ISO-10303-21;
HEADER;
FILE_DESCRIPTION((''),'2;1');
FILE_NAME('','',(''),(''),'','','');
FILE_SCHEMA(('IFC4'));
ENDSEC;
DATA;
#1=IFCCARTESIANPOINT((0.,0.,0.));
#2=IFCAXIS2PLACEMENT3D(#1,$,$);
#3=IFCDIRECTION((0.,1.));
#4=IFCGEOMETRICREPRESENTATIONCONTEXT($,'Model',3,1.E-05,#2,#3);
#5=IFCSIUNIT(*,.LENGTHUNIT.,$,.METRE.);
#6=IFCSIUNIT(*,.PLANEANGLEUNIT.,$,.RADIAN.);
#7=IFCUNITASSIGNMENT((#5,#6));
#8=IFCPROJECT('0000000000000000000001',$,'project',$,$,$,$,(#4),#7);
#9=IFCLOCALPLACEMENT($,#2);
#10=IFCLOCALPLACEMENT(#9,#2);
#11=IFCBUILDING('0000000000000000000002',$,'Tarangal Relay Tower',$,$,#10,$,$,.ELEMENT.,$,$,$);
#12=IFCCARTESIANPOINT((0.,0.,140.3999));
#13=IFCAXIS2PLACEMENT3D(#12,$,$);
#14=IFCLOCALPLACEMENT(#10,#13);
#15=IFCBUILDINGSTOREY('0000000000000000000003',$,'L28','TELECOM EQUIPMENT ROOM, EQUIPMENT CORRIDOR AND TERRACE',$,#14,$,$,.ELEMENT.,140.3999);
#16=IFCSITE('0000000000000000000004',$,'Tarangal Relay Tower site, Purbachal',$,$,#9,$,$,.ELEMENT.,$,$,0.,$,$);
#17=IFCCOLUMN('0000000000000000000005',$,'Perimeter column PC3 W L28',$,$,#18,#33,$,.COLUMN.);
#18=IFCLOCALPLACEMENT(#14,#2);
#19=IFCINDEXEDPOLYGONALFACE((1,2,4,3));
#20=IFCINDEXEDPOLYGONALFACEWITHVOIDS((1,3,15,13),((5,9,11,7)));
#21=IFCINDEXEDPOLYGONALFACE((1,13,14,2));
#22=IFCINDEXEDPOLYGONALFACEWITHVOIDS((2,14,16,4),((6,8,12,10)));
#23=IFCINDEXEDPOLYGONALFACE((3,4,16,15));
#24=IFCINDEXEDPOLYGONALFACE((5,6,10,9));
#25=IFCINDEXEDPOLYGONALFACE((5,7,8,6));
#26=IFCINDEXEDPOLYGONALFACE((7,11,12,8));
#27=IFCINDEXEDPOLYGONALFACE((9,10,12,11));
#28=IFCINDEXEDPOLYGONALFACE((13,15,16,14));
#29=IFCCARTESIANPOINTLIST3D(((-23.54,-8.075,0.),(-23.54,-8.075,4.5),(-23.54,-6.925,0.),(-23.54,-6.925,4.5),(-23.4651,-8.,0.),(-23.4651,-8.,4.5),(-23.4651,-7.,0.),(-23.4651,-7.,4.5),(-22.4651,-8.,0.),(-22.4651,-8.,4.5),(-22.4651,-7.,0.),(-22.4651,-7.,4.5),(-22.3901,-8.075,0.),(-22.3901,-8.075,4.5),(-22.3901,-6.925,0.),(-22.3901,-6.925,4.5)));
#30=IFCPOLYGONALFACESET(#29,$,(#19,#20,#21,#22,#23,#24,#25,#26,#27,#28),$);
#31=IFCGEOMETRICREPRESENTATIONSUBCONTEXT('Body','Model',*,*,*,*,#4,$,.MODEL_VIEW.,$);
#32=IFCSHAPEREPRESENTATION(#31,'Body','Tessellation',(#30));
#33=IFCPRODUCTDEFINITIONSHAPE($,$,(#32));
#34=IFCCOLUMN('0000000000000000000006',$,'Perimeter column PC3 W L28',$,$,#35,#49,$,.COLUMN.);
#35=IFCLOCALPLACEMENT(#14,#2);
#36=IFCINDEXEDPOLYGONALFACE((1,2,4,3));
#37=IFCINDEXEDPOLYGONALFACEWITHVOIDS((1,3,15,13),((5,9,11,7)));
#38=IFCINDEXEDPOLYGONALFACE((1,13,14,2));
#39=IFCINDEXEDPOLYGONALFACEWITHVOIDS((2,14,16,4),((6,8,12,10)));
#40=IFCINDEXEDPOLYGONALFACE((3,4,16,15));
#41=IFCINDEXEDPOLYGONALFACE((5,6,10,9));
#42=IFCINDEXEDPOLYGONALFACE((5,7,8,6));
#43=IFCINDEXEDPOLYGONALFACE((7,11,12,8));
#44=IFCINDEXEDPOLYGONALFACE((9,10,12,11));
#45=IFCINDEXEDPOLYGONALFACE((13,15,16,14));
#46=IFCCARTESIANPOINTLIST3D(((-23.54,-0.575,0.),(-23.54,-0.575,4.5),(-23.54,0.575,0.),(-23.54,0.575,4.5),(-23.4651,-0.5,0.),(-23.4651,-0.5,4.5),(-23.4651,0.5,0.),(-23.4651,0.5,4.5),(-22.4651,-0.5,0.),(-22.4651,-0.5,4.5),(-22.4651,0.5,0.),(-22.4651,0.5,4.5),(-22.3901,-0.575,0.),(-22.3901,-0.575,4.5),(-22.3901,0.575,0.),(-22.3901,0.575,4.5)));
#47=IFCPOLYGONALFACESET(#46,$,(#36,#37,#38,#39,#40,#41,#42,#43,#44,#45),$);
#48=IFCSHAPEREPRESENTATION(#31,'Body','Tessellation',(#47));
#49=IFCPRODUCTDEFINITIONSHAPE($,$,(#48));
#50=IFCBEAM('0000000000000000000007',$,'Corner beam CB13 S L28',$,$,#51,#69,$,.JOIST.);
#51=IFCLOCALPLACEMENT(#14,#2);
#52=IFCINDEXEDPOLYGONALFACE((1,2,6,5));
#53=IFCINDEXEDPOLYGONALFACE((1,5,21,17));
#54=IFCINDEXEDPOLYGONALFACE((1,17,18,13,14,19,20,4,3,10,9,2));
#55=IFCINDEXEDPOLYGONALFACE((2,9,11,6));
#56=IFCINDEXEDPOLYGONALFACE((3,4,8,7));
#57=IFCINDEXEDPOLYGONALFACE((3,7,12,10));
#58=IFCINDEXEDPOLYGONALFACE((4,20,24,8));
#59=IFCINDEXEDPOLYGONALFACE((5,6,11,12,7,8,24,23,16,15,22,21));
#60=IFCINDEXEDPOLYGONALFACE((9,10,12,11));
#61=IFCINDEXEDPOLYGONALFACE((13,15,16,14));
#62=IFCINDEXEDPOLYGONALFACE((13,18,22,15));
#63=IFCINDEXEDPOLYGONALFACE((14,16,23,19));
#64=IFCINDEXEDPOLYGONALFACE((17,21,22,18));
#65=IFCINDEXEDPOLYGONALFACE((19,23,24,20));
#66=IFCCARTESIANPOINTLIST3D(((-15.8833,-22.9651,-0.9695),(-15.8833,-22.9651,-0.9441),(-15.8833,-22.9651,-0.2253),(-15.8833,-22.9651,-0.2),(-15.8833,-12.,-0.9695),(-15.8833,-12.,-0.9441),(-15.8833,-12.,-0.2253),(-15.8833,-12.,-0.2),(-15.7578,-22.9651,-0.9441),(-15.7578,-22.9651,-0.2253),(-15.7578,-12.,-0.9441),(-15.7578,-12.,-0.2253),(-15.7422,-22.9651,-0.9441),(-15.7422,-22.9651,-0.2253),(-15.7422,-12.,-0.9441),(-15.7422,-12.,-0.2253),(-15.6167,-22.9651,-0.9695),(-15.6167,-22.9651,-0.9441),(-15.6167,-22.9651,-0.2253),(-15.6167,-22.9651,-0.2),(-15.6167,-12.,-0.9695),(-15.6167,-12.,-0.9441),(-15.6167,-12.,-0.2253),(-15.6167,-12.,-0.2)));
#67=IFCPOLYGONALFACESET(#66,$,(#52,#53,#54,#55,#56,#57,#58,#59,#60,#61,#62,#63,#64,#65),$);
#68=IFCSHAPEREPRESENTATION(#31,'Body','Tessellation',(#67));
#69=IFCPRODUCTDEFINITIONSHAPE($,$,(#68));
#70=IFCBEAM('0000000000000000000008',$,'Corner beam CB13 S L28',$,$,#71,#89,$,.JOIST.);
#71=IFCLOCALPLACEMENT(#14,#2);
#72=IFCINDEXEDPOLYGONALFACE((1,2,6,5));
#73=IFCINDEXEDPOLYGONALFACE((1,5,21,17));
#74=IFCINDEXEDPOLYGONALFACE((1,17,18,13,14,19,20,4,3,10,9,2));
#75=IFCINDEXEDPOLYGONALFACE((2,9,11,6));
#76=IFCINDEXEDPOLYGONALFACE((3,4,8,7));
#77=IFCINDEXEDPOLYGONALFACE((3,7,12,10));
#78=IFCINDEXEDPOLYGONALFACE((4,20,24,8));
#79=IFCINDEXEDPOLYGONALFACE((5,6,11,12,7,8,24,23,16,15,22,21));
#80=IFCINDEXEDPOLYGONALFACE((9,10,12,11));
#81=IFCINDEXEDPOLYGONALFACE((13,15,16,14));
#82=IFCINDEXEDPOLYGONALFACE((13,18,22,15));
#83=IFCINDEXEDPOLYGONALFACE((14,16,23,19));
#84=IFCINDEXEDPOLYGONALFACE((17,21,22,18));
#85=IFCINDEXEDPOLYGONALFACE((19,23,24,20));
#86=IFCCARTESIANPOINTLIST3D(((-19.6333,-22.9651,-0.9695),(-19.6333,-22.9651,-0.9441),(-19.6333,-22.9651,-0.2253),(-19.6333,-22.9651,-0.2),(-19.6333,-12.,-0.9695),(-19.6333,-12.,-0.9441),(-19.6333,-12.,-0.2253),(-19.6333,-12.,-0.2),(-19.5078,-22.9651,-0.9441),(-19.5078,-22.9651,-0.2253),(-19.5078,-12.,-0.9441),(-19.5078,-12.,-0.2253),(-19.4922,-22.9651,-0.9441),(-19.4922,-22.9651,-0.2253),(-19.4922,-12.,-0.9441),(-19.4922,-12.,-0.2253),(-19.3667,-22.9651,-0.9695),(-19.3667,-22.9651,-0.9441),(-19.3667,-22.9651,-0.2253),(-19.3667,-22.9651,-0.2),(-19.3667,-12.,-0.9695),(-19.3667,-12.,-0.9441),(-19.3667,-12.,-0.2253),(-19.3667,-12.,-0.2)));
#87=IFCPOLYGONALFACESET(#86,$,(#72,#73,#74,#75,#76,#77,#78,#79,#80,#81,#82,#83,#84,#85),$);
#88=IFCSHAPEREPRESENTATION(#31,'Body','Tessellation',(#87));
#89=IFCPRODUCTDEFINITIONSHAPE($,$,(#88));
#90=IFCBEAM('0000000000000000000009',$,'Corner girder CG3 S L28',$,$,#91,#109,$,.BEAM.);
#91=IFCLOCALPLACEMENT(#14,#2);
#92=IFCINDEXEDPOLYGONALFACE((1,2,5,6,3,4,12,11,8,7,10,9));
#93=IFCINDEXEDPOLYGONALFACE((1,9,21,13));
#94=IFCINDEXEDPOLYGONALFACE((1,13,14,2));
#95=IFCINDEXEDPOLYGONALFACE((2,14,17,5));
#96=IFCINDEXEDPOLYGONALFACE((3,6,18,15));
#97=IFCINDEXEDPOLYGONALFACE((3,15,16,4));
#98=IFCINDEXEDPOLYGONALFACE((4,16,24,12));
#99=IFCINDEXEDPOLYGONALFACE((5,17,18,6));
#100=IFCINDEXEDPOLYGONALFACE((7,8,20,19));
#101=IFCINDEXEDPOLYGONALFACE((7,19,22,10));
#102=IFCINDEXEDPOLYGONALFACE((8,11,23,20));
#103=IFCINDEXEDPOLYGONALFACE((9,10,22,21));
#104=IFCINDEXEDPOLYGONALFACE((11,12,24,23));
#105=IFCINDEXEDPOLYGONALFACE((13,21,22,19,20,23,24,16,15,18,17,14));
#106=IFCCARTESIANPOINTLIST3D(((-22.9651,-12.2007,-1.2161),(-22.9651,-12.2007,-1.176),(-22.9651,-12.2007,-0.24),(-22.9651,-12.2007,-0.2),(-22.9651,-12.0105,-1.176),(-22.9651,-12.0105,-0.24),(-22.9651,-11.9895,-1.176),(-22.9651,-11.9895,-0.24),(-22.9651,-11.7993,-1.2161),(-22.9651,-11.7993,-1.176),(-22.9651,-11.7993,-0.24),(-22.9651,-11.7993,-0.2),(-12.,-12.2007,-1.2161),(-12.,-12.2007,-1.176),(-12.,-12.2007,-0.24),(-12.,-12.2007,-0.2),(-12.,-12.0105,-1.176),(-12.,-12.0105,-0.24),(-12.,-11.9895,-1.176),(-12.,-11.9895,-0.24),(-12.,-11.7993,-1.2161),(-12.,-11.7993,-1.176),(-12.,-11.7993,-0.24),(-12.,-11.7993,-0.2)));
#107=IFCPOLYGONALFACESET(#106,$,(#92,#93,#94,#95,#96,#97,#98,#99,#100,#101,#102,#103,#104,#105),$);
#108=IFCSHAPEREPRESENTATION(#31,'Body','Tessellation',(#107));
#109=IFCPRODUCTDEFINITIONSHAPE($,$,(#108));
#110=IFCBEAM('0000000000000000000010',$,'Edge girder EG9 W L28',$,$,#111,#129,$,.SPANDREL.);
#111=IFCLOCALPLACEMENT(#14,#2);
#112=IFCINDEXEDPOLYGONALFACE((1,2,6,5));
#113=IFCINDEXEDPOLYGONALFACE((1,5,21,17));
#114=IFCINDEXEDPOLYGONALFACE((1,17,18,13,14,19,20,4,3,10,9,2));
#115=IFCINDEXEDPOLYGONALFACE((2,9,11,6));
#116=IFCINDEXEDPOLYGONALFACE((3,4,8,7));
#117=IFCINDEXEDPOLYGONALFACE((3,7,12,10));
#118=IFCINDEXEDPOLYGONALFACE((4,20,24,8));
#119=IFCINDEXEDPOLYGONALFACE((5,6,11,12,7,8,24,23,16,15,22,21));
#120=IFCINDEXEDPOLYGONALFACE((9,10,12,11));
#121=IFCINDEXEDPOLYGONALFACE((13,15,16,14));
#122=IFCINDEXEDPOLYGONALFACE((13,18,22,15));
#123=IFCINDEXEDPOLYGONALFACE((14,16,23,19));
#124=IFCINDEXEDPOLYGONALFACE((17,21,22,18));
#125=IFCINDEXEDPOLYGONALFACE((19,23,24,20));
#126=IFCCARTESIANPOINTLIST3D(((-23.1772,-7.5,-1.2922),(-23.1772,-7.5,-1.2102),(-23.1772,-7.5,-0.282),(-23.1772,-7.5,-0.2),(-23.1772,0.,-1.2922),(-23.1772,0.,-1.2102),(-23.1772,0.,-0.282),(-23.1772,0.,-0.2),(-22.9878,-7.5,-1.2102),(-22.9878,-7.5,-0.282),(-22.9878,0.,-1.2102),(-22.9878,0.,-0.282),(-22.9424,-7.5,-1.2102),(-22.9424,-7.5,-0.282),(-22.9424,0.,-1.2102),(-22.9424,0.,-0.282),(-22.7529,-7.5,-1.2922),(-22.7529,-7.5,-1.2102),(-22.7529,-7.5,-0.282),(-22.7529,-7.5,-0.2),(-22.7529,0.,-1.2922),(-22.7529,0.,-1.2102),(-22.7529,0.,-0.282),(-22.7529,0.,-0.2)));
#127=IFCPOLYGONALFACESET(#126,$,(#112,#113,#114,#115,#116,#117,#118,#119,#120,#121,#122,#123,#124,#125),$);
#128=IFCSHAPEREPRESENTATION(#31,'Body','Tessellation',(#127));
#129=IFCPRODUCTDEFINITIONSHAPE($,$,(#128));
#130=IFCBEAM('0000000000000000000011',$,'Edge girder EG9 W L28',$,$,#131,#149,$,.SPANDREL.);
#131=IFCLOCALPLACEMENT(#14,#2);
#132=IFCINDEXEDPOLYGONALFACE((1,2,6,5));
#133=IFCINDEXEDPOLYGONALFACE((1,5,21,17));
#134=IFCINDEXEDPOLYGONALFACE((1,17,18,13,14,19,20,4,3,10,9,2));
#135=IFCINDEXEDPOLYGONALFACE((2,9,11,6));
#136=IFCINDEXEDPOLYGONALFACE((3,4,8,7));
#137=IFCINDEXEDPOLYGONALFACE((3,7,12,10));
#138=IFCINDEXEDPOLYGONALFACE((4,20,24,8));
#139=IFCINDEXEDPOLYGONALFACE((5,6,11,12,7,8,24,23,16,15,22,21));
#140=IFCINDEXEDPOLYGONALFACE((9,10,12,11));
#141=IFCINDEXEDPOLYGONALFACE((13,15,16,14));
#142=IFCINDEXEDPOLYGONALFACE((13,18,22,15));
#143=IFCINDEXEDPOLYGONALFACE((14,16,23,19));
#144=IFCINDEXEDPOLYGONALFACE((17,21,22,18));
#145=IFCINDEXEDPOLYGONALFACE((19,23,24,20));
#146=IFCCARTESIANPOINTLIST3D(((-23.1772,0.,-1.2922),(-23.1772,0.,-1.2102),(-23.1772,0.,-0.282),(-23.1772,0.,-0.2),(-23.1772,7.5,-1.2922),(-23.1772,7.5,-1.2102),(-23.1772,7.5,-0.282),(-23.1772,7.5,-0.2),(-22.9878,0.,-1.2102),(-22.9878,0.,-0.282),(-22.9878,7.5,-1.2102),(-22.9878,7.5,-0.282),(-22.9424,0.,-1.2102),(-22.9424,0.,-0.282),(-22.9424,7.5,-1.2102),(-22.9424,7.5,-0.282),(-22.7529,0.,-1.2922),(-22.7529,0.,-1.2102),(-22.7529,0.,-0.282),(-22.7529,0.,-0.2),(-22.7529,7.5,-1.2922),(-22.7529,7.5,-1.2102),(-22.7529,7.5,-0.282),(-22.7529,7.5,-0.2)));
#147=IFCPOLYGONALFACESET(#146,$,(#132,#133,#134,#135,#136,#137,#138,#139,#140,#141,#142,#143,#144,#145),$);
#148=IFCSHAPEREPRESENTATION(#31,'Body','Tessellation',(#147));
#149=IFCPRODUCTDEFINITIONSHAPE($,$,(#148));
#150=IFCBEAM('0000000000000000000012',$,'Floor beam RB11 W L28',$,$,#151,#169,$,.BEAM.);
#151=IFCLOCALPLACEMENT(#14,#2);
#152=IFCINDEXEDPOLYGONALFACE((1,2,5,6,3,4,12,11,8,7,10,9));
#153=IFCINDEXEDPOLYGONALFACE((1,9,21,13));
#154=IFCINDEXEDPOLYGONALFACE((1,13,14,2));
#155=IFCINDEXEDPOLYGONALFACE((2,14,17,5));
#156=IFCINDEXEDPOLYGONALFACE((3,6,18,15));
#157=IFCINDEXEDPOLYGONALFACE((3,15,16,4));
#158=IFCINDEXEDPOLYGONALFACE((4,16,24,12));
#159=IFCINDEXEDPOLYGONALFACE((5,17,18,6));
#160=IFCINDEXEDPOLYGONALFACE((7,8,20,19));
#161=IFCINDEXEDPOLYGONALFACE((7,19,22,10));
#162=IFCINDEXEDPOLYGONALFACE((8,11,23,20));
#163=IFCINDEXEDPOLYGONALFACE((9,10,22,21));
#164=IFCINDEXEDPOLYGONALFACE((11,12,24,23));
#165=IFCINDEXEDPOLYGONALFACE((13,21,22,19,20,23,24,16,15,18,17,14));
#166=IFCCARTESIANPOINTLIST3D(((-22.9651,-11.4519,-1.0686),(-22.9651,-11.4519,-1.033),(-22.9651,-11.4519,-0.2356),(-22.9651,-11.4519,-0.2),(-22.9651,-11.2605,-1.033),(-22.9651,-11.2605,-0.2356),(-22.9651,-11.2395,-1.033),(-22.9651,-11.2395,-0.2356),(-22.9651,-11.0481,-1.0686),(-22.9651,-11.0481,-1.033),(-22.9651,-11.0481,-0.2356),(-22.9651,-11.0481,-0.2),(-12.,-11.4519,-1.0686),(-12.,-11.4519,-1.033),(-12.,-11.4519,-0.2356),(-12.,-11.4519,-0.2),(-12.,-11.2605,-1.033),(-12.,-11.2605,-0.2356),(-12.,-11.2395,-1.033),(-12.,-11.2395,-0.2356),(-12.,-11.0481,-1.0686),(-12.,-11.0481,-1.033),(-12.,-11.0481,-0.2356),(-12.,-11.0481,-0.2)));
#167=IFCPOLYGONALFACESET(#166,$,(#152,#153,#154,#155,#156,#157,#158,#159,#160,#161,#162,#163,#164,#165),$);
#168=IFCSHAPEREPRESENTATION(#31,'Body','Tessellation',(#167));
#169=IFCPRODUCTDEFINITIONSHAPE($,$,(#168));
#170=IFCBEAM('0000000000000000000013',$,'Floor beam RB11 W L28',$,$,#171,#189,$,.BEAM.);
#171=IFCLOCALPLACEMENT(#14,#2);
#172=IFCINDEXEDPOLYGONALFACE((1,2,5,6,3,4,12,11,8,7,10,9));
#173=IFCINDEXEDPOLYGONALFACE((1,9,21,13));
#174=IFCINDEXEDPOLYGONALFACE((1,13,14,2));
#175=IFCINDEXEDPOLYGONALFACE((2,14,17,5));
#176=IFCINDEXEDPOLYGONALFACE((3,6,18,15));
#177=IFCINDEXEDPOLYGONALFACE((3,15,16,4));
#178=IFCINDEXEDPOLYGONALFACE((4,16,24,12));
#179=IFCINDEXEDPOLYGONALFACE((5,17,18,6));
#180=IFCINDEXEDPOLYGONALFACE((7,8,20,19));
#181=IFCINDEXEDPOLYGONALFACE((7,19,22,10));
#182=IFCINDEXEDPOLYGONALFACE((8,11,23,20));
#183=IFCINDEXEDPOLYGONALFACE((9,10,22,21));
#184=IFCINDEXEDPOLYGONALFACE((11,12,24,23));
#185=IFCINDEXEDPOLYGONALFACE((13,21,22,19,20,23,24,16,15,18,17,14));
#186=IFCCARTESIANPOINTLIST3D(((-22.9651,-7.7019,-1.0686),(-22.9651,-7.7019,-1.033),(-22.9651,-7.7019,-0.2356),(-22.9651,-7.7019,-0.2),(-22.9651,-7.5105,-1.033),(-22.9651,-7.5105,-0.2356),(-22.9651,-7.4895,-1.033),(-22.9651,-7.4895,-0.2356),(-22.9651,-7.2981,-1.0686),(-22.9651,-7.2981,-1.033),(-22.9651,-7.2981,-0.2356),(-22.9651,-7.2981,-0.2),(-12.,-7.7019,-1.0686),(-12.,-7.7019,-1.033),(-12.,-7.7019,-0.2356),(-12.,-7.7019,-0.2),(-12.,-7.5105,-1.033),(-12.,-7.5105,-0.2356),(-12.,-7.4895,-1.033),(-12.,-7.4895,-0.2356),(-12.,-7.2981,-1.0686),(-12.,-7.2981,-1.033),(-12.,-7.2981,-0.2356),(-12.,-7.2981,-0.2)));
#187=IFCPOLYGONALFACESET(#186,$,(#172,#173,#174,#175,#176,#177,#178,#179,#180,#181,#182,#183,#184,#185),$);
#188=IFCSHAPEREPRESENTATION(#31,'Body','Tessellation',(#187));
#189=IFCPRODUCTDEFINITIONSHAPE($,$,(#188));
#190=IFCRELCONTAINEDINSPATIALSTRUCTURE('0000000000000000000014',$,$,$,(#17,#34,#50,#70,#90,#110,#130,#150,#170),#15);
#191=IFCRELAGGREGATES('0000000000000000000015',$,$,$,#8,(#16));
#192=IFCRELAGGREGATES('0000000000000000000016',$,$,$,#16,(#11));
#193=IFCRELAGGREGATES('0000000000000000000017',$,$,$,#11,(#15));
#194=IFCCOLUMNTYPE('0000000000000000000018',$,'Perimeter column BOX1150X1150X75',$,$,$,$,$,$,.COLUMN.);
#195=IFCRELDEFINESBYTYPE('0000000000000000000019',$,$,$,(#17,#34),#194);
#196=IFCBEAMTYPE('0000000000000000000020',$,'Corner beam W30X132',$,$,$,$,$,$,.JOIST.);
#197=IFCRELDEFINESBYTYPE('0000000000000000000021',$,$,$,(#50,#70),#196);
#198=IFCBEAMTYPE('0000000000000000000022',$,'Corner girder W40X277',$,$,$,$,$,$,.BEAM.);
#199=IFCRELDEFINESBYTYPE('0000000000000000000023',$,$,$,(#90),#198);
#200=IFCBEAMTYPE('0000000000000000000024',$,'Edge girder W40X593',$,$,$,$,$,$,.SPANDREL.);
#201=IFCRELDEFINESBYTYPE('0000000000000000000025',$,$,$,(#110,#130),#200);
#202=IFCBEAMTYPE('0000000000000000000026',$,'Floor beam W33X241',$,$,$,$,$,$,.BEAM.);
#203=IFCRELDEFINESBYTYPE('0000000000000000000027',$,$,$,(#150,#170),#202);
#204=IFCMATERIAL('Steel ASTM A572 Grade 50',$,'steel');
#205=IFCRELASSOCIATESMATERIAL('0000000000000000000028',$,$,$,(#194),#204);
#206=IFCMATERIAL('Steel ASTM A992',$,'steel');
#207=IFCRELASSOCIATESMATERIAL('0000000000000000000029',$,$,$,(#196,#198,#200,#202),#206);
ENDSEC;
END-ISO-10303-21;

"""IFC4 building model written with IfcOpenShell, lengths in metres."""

from ifc_helpers import new_model, si_unit, direction, frame, origin, origin_2d, place, context, subcontext, project, spatial, hollow_rectangle, i_section, extrude, material, material_profile, profile_set, type_object, element, save


model = new_model("IFC4")

# Units and contexts
model_context = context("Model", 3, precision=1e-05, world=origin(), true_north=direction((0.0, 1.0)))
body_context = subcontext(model_context, "Body", "Model", "MODEL_VIEW")
ifc_project = project(units=[si_unit("LENGTHUNIT", "METRE"), si_unit("PLANEANGLEUNIT", "RADIAN")], contexts=[model_context])

# Site, building, storey
site_placement = place(None, origin())
site = spatial("IfcSite", under=ifc_project, at=site_placement, Name="Tarangal Relay Tower site, Purbachal", CompositionType="ELEMENT", RefElevation=0.0)
building_placement = place(site_placement, origin())
building = spatial("IfcBuilding", under=site, at=building_placement, Name="Tarangal Relay Tower", CompositionType="ELEMENT")
storey_placement = place(building_placement, frame((0.0, 0.0, 140.3999)))
storey = spatial("IfcBuildingStorey", under=building, at=storey_placement, Name="L28", Description="TELECOM EQUIPMENT ROOM, EQUIPMENT CORRIDOR AND TERRACE", CompositionType="ELEMENT", Elevation=140.3999)

# Columns
ifc_material_1 = material(Name="Steel ASTM A572 Grade 50", Category="steel")
ifc_material_profile_1 = material_profile(ifc_material_1, hollow_rectangle(XDim=1.1499, YDim=1.1499, WallThickness=0.075, at=origin_2d()), Name="BOX1150X1150X75")
ifc_profile_set_1 = profile_set([ifc_material_profile_1], Name="Steel ASTM A572 Grade 50")
column_type = type_object("IfcColumnType", Name="Perimeter column BOX1150X1150X75", PredefinedType="COLUMN", material=ifc_profile_set_1)
for number, where, z_axis, x_axis, name in (
    (1, (-22.9651, -7.5, 0.0), (0.0, 0.0, 1.0), (1.0, 0.0, 0.0), "Perimeter column PC3 W L28"),
    (2, (-22.9651, 0.0, 0.0), (0.0, 0.0, 1.0), (1.0, 0.0, 0.0), "Perimeter column PC3 W L28"),
):
    element("IfcColumn", number, at=place(storey_placement, frame(where, z_axis=z_axis, x_axis=x_axis)), inside=storey, type_object=column_type, Name=name, PredefinedType="COLUMN", context=body_context, shape_type="SweptSolid", body=[
        extrude(hollow_rectangle(XDim=1.1499, YDim=1.1499, WallThickness=0.075, at=origin_2d()), origin(), (0.0, 0.0, 1.0), 4.5),
    ])

# Beams
ifc_material_2 = material(Name="Steel ASTM A992", Category="steel")
ifc_material_profile_2 = material_profile(ifc_material_2, i_section(OverallWidth=0.2666, OverallDepth=0.7695, WebThickness=0.0156, FlangeThickness=0.0254, at=origin_2d()), Name="W30X132")
ifc_profile_set_2 = profile_set([ifc_material_profile_2], Name="Steel ASTM A992")
beam_type_1 = type_object("IfcBeamType", Name="Corner beam W30X132", PredefinedType="JOIST", material=ifc_profile_set_2)
for number, where, z_axis, x_axis, name in (
    (3, (-15.75, -12.0, -0.5847), (0.0, -1.0, 0.0), (1.0, 0.0, 0.0), "Corner beam CB13 S L28"),
    (4, (-19.5, -12.0, -0.5847), (0.0, -1.0, 0.0), (1.0, 0.0, 0.0), "Corner beam CB13 S L28"),
):
    element("IfcBeam", number, at=place(storey_placement, frame(where, z_axis=z_axis, x_axis=x_axis)), inside=storey, type_object=beam_type_1, Name=name, PredefinedType="JOIST", context=body_context, shape_type="SweptSolid", body=[
        extrude(i_section(OverallWidth=0.2666, OverallDepth=0.7695, WebThickness=0.0156, FlangeThickness=0.0254, at=origin_2d()), origin(), (0.0, 0.0, 1.0), 10.9651),
    ])
ifc_material_profile_3 = material_profile(ifc_material_2, i_section(OverallWidth=0.4014, OverallDepth=1.0161, WebThickness=0.021, FlangeThickness=0.04, at=origin_2d()), Name="W40X277")
ifc_profile_set_3 = profile_set([ifc_material_profile_3], Name="Steel ASTM A992")
beam_type_2 = type_object("IfcBeamType", Name="Corner girder W40X277", PredefinedType="BEAM", material=ifc_profile_set_3)
beam_placement = place(storey_placement, frame((-12.0, -12.0, -0.708), z_axis=(-1.0, 0.0, 0.0), x_axis=(0.0, -1.0, 0.0)))
element("IfcBeam", 5, at=beam_placement, inside=storey, type_object=beam_type_2, Name="Corner girder CG3 S L28", PredefinedType="BEAM", context=body_context, shape_type="SweptSolid", body=[
    extrude(i_section(OverallWidth=0.4014, OverallDepth=1.0161, WebThickness=0.021, FlangeThickness=0.04, at=origin_2d()), origin(), (0.0, 0.0, 1.0), 10.9651),
])
ifc_material_profile_4 = material_profile(ifc_material_2, i_section(OverallWidth=0.4243, OverallDepth=1.0923, WebThickness=0.0454, FlangeThickness=0.082, at=origin_2d()), Name="W40X593")
ifc_profile_set_4 = profile_set([ifc_material_profile_4], Name="Steel ASTM A992")
beam_type_3 = type_object("IfcBeamType", Name="Edge girder W40X593", PredefinedType="SPANDREL", material=ifc_profile_set_4)
for number, where, z_axis, x_axis, name in (
    (6, (-22.9651, -7.5, -0.7461), (0.0, 1.0, 0.0), (-1.0, 0.0, 0.0), "Edge girder EG9 W L28"),
    (7, (-22.9651, 0.0, -0.7461), (0.0, 1.0, 0.0), (-1.0, 0.0, 0.0), "Edge girder EG9 W L28"),
):
    element("IfcBeam", number, at=place(storey_placement, frame(where, z_axis=z_axis, x_axis=x_axis)), inside=storey, type_object=beam_type_3, Name=name, PredefinedType="SPANDREL", context=body_context, shape_type="SweptSolid", body=[
        extrude(i_section(OverallWidth=0.4243, OverallDepth=1.0923, WebThickness=0.0454, FlangeThickness=0.082, at=origin_2d()), origin(), (0.0, 0.0, 1.0), 7.5),
    ])
ifc_material_profile_5 = material_profile(ifc_material_2, i_section(OverallWidth=0.4038, OverallDepth=0.8687, WebThickness=0.021, FlangeThickness=0.0356, at=origin_2d()), Name="W33X241")
ifc_profile_set_5 = profile_set([ifc_material_profile_5], Name="Steel ASTM A992")
beam_type_4 = type_object("IfcBeamType", Name="Floor beam W33X241", PredefinedType="BEAM", material=ifc_profile_set_5)
for number, where, z_axis, x_axis, name in (
    (8, (-12.0, -11.25, -0.6343), (-1.0, 0.0, 0.0), (0.0, -1.0, 0.0), "Floor beam RB11 W L28"),
    (9, (-12.0, -7.5, -0.6343), (-1.0, 0.0, 0.0), (0.0, -1.0, 0.0), "Floor beam RB11 W L28"),
):
    element("IfcBeam", number, at=place(storey_placement, frame(where, z_axis=z_axis, x_axis=x_axis)), inside=storey, type_object=beam_type_4, Name=name, PredefinedType="BEAM", context=body_context, shape_type="SweptSolid", body=[
        extrude(i_section(OverallWidth=0.4038, OverallDepth=0.8687, WebThickness=0.021, FlangeThickness=0.0356, at=origin_2d()), origin(), (0.0, 0.0, 1.0), 10.9651),
    ])

save(model, "model.ifc")
